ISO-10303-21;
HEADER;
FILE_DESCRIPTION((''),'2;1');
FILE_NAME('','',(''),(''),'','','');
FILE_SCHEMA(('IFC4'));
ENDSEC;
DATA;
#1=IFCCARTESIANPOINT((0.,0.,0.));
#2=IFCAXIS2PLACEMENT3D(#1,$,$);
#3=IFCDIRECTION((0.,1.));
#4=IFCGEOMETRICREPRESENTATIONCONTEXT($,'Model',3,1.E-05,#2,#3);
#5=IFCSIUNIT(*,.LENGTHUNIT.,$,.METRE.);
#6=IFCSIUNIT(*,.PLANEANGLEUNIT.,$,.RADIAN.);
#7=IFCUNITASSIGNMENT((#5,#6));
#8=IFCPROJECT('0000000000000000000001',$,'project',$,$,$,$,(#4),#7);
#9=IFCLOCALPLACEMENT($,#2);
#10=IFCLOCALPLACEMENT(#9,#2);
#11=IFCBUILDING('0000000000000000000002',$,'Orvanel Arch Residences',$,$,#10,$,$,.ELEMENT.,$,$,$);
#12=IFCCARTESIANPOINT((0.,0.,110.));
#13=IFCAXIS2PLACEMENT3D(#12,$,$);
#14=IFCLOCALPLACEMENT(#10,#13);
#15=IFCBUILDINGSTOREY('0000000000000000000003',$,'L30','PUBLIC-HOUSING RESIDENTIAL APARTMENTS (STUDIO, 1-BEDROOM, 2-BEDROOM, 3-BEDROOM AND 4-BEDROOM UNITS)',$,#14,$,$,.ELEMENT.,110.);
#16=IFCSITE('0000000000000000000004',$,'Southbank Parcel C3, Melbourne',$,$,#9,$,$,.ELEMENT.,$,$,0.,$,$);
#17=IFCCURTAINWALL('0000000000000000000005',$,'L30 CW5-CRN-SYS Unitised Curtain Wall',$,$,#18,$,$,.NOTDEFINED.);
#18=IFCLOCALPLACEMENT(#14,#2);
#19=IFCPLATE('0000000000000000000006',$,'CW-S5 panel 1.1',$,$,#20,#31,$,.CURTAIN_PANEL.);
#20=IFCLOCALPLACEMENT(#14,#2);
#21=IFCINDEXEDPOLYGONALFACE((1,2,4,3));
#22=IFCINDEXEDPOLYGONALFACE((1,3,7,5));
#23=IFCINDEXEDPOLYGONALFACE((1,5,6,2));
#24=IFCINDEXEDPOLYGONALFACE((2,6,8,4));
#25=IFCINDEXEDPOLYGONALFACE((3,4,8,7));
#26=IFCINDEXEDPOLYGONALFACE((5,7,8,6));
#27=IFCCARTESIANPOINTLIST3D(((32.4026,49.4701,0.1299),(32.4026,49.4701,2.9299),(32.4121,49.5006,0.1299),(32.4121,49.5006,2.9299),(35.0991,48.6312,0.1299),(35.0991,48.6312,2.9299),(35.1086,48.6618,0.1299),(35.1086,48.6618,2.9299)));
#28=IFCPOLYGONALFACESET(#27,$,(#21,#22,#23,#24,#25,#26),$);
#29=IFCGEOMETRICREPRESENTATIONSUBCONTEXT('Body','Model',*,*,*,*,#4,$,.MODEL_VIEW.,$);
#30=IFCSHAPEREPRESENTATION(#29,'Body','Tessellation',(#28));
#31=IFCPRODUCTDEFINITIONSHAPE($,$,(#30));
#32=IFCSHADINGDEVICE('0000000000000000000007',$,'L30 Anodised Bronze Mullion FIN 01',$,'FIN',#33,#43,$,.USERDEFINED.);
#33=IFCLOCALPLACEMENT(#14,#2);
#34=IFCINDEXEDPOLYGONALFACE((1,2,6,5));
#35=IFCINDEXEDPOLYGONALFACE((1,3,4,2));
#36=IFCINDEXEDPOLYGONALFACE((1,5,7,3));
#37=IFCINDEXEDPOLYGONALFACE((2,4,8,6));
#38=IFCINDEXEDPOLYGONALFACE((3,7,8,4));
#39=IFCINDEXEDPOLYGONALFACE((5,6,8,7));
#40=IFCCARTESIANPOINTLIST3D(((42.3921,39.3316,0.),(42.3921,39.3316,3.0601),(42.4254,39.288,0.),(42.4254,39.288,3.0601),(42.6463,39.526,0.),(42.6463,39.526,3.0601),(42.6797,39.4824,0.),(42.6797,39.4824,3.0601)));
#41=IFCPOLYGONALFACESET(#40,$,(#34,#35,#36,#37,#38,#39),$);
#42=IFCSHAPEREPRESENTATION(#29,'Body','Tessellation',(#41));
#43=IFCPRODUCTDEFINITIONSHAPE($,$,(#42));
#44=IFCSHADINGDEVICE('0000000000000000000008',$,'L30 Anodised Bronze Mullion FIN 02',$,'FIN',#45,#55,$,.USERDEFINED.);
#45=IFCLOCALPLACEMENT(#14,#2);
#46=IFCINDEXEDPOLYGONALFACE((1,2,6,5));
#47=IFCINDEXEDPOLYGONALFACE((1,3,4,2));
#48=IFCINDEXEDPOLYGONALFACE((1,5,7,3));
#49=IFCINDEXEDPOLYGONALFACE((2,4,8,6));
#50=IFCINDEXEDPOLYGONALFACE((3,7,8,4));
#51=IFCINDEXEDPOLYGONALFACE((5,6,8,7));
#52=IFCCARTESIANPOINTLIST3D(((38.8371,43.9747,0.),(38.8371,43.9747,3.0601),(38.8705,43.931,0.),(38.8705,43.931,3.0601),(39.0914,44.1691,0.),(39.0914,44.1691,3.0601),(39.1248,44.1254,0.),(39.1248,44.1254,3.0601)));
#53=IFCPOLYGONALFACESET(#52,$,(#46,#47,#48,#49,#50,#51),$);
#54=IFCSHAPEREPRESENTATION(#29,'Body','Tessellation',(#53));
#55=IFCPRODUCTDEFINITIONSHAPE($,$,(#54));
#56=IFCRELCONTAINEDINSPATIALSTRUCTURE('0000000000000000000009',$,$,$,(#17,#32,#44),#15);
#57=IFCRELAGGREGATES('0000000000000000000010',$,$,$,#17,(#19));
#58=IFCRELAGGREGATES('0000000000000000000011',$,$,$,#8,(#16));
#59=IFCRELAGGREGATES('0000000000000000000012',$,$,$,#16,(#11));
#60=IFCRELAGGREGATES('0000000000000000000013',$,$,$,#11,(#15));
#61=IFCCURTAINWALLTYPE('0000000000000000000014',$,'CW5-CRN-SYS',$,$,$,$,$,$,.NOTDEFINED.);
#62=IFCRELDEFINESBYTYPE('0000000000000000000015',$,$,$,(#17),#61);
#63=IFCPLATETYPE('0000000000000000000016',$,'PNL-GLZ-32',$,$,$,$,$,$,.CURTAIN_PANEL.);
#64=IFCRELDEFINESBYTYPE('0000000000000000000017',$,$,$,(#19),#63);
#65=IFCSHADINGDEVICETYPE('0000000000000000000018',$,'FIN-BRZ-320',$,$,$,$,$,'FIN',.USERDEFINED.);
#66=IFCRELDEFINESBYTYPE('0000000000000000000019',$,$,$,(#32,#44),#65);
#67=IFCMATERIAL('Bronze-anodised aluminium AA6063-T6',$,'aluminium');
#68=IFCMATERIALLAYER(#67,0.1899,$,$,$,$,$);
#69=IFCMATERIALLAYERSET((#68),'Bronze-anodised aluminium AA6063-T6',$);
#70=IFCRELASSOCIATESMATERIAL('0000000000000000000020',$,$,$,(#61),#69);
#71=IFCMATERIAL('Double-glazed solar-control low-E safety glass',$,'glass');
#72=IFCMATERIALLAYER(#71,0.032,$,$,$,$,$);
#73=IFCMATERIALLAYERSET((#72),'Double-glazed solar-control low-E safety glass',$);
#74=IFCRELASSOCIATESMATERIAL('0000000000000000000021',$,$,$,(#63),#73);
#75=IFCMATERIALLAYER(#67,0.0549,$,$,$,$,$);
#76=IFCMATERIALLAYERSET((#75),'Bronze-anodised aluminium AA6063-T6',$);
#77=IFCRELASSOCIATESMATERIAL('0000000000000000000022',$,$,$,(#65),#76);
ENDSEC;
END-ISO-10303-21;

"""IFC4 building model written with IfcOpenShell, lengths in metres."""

from ifc_helpers import new_model, si_unit, direction, frame, origin, origin_2d, place, context, subcontext, project, spatial, rectangle, extrude, material, layer, layer_set, type_object, element, aggregate, save


model = new_model("IFC4")

# Units and contexts
model_context = context("Model", 3, precision=1e-05, world=origin(), true_north=direction((0.0, 1.0)))
body_context = subcontext(model_context, "Body", "Model", "MODEL_VIEW")
ifc_project = project(units=[si_unit("LENGTHUNIT", "METRE"), si_unit("PLANEANGLEUNIT", "RADIAN")], contexts=[model_context])

# Site, building, storey
site_placement = place(None, origin())
site = spatial("IfcSite", under=ifc_project, at=site_placement, Name="Southbank Parcel C3, Melbourne", CompositionType="ELEMENT", RefElevation=0.0)
building_placement = place(site_placement, origin())
building = spatial("IfcBuilding", under=site, at=building_placement, Name="Orvanel Arch Residences", CompositionType="ELEMENT")
storey_placement = place(building_placement, frame((0.0, 0.0, 110.0)))
storey = spatial("IfcBuildingStorey", under=building, at=storey_placement, Name="L30", Description="PUBLIC-HOUSING RESIDENTIAL APARTMENTS (STUDIO, 1-BEDROOM, 2-BEDROOM, 3-BEDROOM AND 4-BEDROOM UNITS)", CompositionType="ELEMENT", Elevation=110.0)

# Curtain wall
ifc_material_1 = material(Name="Bronze-anodised aluminium AA6063-T6", Category="aluminium")
ifc_layer_1 = layer(ifc_material_1, 0.1899)
ifc_layer_set_1 = layer_set([ifc_layer_1], Name="Bronze-anodised aluminium AA6063-T6")
curtain_wall_type_1 = type_object("IfcCurtainWallType", Name="CW5-CRN-SYS", PredefinedType="NOTDEFINED", material=ifc_layer_set_1)
curtain_wall_1_placement = place(storey_placement, origin())
curtain_wall_1 = element("IfcCurtainWall", 1, at=curtain_wall_1_placement, inside=storey, type_object=curtain_wall_type_1, Name="L30 CW5-CRN-SYS Unitised Curtain Wall", PredefinedType="NOTDEFINED")

# Plate
ifc_material_2 = material(Name="Double-glazed solar-control low-E safety glass", Category="glass")
ifc_layer_2 = layer(ifc_material_2, 0.032)
ifc_layer_set_2 = layer_set([ifc_layer_2], Name="Double-glazed solar-control low-E safety glass")
plate_type_1 = type_object("IfcPlateType", Name="PNL-GLZ-32", PredefinedType="CURTAIN_PANEL", material=ifc_layer_set_2)
plate_1_placement = place(storey_placement, frame((33.7556, 49.0659, 0.1299), z_axis=(0.0, 0.0, 1.0), x_axis=(-0.954861, 0.297054, 0.0)))
plate_1 = element("IfcPlate", 2, at=plate_1_placement, type_object=plate_type_1, Name="CW-S5 panel 1.1", PredefinedType="CURTAIN_PANEL", context=body_context, shape_type="SweptSolid", body=[
    extrude(rectangle(XDim=2.824, YDim=0.032, at=origin_2d()), origin(), (0.0, 0.0, 1.0), 2.8),
])
aggregate(curtain_wall_1, [plate_1])

# Shading devices
ifc_layer_3 = layer(ifc_material_1, 0.0549)
ifc_layer_set_3 = layer_set([ifc_layer_3], Name="Bronze-anodised aluminium AA6063-T6")
shading_device_type = type_object("IfcShadingDeviceType", Name="FIN-BRZ-320", ElementType="FIN", PredefinedType="USERDEFINED", material=ifc_layer_set_3)
for number, where, z_axis, x_axis, name in (
    (3, (42.5359, 39.407, 0.0), (0.0, 0.0, 1.0), (0.794415, 0.607376, 0.0), "L30 Anodised Bronze Mullion FIN 01"),
    (4, (38.981, 44.05, 0.0), (0.0, 0.0, 1.0), (0.794415, 0.607376, 0.0), "L30 Anodised Bronze Mullion FIN 02"),
):
    element("IfcShadingDevice", number, at=place(storey_placement, frame(where, z_axis=z_axis, x_axis=x_axis)), inside=storey, type_object=shading_device_type, Name=name, ObjectType="FIN", PredefinedType="USERDEFINED", context=body_context, shape_type="SweptSolid", body=[
        extrude(rectangle(XDim=0.3201, YDim=0.0549, at=origin_2d()), origin(), (0.0, 0.0, 1.0), 3.0601),
    ])

save(model, "model.ifc")
